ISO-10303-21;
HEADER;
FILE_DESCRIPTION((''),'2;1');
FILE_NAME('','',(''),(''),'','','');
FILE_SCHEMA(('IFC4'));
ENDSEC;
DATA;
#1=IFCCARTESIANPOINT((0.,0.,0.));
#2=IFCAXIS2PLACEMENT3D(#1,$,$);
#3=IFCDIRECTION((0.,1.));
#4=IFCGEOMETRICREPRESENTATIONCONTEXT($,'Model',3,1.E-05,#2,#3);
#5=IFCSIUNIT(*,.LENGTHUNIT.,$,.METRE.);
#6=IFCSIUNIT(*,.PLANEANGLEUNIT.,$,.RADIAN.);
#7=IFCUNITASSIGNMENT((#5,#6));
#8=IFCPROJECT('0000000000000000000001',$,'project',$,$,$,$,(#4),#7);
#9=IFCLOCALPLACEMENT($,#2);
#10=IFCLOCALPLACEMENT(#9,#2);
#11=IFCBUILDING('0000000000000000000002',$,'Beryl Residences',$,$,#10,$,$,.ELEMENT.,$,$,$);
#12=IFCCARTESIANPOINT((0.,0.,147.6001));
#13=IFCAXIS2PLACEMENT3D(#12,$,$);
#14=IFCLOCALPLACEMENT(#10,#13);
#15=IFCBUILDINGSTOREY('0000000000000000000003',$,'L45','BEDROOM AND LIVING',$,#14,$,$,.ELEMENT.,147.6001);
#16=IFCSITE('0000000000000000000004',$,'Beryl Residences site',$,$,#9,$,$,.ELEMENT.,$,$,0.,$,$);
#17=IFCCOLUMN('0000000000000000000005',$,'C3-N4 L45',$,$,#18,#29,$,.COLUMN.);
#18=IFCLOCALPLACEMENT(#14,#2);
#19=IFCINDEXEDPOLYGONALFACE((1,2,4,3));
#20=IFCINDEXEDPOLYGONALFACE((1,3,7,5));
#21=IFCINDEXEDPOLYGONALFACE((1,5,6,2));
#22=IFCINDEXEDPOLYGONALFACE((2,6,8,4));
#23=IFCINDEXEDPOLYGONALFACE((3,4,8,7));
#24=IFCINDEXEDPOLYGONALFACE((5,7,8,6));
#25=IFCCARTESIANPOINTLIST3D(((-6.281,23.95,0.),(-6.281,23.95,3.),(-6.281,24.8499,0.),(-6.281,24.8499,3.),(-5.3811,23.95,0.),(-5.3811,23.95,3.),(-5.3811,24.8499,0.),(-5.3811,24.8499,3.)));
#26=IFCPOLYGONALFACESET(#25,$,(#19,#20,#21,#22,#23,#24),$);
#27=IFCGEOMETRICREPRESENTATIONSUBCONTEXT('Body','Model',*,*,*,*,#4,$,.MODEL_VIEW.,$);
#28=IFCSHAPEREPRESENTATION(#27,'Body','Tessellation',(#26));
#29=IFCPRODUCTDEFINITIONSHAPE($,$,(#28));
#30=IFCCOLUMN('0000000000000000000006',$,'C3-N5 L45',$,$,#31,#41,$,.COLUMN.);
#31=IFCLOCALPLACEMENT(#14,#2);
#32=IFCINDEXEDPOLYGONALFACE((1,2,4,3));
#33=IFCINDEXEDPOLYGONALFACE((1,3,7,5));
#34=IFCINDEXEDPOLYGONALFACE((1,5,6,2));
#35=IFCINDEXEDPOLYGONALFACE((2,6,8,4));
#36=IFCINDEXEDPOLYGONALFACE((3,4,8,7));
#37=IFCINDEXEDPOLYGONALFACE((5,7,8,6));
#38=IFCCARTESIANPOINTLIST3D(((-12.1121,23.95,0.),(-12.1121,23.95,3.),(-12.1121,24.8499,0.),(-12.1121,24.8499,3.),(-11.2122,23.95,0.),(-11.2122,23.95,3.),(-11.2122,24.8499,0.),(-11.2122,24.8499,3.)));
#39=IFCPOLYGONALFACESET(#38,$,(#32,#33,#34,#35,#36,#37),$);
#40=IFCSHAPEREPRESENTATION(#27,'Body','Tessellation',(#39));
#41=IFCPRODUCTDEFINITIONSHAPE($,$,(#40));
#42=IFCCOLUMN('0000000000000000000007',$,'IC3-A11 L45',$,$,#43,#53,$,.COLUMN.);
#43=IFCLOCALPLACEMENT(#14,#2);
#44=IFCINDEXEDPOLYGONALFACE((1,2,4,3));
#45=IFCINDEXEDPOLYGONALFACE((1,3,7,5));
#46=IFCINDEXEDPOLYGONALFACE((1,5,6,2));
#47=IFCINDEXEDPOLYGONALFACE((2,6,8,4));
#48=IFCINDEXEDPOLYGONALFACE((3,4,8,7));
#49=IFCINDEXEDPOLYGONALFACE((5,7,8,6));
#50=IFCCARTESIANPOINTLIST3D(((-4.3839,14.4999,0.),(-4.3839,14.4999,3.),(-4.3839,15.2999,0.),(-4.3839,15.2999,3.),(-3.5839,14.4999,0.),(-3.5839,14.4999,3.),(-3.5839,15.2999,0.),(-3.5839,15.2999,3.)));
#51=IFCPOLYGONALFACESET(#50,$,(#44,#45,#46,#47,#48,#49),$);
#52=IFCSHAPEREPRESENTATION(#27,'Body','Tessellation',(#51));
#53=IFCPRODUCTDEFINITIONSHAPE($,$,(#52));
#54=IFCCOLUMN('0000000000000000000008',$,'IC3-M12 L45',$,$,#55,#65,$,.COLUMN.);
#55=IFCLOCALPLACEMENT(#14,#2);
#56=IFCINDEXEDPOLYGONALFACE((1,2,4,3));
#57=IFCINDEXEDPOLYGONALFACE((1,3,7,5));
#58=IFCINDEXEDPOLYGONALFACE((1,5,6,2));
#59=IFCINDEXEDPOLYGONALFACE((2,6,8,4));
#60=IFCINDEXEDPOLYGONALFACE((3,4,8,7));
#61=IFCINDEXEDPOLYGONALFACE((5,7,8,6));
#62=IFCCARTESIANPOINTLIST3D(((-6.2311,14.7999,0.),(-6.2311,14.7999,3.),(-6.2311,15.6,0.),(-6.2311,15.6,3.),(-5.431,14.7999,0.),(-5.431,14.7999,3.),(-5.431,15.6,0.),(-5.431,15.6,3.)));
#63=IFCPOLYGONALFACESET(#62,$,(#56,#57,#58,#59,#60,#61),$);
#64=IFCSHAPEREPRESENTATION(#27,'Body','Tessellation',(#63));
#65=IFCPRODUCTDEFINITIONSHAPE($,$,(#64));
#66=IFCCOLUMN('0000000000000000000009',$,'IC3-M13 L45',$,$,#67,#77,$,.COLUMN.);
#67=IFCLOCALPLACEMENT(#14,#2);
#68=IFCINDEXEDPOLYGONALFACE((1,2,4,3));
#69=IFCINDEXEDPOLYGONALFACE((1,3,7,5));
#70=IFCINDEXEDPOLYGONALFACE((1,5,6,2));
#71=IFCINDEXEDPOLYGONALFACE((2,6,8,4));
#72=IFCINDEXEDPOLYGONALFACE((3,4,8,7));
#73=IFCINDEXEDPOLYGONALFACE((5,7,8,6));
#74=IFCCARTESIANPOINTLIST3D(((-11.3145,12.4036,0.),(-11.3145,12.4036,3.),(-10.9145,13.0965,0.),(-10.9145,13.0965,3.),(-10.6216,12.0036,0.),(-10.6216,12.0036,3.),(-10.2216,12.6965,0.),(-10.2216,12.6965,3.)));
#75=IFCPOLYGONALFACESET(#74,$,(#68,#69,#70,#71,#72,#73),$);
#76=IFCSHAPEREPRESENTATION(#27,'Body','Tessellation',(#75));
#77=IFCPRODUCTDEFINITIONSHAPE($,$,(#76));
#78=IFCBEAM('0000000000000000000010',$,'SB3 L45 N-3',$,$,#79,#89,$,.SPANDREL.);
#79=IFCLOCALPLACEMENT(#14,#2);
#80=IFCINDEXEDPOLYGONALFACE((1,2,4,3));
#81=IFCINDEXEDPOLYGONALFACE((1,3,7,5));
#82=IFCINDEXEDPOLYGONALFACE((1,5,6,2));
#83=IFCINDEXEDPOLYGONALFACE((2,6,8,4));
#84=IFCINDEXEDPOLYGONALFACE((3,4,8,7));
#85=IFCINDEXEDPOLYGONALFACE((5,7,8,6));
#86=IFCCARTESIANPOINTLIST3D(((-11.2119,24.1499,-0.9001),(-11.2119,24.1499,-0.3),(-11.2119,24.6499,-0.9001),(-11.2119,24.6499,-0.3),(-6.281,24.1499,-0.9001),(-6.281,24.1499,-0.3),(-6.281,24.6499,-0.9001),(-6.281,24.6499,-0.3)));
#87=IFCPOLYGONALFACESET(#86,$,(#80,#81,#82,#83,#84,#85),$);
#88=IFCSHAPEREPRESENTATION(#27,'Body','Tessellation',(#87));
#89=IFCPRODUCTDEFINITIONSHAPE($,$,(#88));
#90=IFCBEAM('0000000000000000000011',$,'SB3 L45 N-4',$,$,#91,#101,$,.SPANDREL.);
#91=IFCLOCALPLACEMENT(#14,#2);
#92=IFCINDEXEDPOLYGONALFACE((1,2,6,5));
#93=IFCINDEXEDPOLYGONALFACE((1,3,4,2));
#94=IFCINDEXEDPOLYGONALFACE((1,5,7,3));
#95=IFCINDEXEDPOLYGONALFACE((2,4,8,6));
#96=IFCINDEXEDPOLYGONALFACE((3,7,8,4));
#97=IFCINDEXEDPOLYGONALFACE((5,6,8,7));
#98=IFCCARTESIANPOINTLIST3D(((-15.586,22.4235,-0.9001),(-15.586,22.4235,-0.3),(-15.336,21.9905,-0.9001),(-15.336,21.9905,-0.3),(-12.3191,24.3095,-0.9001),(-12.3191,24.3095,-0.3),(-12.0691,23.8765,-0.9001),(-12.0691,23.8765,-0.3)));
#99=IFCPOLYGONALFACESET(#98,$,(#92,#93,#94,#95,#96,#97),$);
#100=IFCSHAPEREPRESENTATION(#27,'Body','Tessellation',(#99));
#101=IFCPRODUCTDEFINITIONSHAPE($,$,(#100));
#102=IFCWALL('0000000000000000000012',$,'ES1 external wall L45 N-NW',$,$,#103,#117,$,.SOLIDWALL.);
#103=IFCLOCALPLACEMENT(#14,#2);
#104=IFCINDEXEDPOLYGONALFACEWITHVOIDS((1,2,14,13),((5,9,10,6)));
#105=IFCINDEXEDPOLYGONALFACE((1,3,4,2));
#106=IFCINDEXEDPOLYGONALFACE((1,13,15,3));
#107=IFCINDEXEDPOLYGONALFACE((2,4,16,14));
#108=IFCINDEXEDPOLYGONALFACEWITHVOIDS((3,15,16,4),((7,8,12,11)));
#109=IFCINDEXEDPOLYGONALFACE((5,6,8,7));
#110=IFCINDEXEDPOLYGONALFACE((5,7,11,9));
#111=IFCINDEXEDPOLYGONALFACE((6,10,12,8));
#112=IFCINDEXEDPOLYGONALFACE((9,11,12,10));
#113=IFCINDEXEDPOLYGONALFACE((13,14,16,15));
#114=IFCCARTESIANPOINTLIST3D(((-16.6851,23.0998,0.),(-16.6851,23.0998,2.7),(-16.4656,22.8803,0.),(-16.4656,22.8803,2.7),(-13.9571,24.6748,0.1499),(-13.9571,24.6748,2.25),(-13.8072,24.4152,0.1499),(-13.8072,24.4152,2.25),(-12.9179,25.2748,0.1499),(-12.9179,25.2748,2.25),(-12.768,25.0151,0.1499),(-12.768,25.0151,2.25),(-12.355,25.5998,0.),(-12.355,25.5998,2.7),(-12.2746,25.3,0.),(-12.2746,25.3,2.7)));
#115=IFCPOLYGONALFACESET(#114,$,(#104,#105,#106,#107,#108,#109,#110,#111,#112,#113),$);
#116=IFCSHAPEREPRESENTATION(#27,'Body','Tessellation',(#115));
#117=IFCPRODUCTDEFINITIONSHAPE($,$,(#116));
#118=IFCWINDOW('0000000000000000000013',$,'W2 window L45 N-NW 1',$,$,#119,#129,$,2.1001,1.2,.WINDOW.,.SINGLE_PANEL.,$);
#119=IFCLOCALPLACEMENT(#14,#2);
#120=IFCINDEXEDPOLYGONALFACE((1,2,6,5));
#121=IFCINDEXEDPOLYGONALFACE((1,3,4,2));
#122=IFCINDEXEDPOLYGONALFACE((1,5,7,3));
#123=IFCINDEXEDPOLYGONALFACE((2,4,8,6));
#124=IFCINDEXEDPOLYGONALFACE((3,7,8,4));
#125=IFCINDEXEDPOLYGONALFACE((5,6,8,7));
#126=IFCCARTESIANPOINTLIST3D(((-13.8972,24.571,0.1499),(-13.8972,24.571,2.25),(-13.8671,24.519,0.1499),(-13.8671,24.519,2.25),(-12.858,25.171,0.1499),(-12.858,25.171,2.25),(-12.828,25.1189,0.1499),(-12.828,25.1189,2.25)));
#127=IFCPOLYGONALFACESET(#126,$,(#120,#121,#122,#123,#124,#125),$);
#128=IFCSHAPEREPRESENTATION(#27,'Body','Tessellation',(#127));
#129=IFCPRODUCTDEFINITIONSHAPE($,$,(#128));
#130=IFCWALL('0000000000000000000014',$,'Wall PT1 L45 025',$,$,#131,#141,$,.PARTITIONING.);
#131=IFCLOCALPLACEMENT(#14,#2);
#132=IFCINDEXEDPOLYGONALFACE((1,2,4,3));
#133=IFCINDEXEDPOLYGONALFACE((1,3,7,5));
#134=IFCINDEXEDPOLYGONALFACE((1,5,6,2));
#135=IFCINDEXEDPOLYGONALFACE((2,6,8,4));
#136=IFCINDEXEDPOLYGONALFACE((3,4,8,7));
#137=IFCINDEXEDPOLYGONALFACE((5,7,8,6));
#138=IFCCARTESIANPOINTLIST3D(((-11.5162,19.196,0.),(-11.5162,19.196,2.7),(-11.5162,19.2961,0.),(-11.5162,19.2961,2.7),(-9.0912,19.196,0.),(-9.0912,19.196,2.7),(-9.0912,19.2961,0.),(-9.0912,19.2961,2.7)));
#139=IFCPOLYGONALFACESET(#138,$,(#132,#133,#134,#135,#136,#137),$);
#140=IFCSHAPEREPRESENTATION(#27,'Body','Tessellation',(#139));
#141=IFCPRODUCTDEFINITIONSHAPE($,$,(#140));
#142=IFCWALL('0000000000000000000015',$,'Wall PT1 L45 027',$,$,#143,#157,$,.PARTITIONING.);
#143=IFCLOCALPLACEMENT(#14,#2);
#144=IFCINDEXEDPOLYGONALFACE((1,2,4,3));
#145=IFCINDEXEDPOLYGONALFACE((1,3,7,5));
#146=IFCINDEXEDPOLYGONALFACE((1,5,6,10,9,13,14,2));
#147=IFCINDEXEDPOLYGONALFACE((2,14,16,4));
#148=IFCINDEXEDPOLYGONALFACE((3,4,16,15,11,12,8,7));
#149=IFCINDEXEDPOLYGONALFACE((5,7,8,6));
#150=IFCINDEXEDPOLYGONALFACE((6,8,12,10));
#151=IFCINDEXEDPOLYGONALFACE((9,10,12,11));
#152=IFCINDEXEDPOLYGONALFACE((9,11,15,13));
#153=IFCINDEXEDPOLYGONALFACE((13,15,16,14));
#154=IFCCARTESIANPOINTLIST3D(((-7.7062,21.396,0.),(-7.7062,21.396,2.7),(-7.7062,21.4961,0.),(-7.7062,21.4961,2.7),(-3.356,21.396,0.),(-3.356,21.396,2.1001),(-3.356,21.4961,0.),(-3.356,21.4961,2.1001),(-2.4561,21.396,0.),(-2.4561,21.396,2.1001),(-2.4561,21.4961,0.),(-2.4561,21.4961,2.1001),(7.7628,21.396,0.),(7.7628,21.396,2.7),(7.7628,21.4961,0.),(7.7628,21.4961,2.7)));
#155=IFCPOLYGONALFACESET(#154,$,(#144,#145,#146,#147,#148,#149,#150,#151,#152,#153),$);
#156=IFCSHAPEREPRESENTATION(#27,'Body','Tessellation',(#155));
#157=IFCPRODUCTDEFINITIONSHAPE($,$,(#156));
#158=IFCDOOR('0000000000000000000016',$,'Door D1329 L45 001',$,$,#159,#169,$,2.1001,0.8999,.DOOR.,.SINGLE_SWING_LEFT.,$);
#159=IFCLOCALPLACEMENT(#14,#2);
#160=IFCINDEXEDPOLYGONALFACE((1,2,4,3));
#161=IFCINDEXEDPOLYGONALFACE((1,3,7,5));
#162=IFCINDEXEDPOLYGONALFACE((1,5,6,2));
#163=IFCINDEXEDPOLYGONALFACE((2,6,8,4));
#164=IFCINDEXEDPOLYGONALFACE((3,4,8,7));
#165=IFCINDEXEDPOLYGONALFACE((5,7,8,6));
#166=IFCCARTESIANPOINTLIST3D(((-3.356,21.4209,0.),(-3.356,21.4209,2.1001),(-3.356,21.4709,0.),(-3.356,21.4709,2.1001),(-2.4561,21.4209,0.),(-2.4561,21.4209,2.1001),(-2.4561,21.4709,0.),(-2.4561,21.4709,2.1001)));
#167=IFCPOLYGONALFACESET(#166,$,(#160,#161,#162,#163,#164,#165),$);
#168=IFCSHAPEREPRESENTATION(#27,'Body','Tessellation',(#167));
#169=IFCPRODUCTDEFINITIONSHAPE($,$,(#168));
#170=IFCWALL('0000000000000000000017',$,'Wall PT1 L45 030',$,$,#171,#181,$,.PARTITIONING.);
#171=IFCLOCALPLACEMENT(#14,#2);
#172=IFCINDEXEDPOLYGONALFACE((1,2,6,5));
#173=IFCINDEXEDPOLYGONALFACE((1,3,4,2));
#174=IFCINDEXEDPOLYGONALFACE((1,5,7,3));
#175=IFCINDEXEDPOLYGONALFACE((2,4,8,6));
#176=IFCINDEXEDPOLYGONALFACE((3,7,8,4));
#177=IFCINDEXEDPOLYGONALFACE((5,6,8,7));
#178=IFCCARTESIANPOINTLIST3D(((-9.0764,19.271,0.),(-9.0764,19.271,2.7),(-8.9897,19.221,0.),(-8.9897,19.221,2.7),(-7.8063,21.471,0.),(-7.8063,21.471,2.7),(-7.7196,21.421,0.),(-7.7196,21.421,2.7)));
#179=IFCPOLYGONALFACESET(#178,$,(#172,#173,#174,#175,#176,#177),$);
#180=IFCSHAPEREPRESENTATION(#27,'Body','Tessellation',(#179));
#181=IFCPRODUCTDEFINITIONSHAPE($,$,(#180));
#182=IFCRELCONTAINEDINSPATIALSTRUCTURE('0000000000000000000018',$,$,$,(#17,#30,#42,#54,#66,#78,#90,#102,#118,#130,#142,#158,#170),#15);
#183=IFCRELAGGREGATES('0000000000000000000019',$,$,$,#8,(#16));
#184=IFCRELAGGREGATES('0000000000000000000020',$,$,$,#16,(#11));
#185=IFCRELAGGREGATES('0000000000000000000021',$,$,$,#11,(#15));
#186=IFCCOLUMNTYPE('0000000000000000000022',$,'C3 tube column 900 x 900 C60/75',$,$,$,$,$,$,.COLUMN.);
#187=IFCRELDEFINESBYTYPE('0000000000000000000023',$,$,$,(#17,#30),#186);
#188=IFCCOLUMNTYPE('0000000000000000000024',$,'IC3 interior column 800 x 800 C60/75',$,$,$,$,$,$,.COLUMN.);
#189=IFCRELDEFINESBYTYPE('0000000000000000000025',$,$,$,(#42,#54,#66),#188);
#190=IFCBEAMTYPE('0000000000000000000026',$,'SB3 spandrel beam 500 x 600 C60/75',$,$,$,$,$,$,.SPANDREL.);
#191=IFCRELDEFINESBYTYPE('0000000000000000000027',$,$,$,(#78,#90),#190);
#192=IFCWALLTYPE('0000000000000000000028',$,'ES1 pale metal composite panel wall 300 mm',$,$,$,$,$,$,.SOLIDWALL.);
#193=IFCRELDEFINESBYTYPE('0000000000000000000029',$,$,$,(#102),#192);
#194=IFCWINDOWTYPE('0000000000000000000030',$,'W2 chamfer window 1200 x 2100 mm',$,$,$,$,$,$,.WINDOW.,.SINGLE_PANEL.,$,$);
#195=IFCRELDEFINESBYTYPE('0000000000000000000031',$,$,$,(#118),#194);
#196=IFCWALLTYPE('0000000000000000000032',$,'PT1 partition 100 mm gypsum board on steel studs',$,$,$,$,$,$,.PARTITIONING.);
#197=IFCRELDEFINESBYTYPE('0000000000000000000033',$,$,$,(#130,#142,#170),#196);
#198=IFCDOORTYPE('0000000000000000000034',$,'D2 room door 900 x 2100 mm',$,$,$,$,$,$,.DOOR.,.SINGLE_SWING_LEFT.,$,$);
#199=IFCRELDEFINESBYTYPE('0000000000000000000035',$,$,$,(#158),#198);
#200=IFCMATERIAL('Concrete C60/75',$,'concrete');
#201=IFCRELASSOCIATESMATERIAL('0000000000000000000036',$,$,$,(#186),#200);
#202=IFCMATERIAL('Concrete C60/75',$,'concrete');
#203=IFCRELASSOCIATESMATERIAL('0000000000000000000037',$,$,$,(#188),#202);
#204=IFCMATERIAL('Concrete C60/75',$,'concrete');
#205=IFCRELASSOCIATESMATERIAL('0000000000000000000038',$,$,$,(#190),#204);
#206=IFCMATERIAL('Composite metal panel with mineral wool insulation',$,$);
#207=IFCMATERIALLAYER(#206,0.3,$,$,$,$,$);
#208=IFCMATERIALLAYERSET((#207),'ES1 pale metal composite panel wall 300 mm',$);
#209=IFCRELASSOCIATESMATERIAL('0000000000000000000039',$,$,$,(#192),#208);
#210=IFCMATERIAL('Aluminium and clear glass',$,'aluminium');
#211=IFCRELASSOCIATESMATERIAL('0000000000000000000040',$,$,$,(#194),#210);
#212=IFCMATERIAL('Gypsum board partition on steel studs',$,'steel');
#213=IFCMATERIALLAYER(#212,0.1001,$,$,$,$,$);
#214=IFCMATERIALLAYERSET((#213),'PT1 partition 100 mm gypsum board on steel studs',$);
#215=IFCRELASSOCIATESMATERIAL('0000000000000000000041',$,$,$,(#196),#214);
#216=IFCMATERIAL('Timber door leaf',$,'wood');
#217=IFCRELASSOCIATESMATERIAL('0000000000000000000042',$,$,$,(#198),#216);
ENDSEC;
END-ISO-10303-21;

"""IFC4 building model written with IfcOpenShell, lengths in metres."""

from ifc_helpers import new_model, si_unit, direction, frame, frame_2d, origin, origin_2d, place, context, subcontext, project, spatial, polyline, rectangle, outline, extrude, material, layer, layer_set, material_profile, profile_set, type_object, element, fill, save


model = new_model("IFC4")

# Units and contexts
model_context = context("Model", 3, precision=1e-05, world=origin(), true_north=direction((0.0, 1.0)))
body_context = subcontext(model_context, "Body", "Model", "MODEL_VIEW")
ifc_project = project(units=[si_unit("LENGTHUNIT", "METRE"), si_unit("PLANEANGLEUNIT", "RADIAN")], contexts=[model_context])

# Site, building, storey
site_placement = place(None, origin())
site = spatial("IfcSite", under=ifc_project, at=site_placement, Name="Beryl Residences site", CompositionType="ELEMENT", RefElevation=0.0)
building_placement = place(site_placement, origin())
building = spatial("IfcBuilding", under=site, at=building_placement, Name="Beryl Residences", CompositionType="ELEMENT")
storey_placement = place(building_placement, frame((0.0, 0.0, 147.6001)))
storey = spatial("IfcBuildingStorey", under=building, at=storey_placement, Name="L45", Description="BEDROOM AND LIVING", CompositionType="ELEMENT", Elevation=147.6001)

# Columns
ifc_material_1 = material(Name="Concrete C60/75", Category="concrete")
ifc_material_profile_1 = material_profile(ifc_material_1, rectangle(XDim=0.8999, YDim=0.8999, at=origin_2d()))
ifc_profile_set_1 = profile_set([ifc_material_profile_1], Name="Concrete C60/75")
column_type_1 = type_object("IfcColumnType", Name="C3 tube column 900 x 900 C60/75", PredefinedType="COLUMN", material=ifc_profile_set_1)
for number, where, z_axis, x_axis, name in (
    (1, (-5.8311, 24.3999, 0.0), (0.0, 0.0, 1.0), (-1.0, 0.0, 0.0), "C3-N4 L45"),
    (2, (-11.6621, 24.3999, 0.0), (0.0, 0.0, 1.0), (-1.0, 0.0, 0.0), "C3-N5 L45"),
):
    element("IfcColumn", number, at=place(storey_placement, frame(where, z_axis=z_axis, x_axis=x_axis)), inside=storey, type_object=column_type_1, Name=name, PredefinedType="COLUMN", context=body_context, shape_type="SweptSolid", body=[
        extrude(rectangle(XDim=0.8999, YDim=0.8999, at=origin_2d()), origin(), (0.0, 0.0, 1.0), 3.0),
    ])
ifc_material_2 = material(Name="Concrete C60/75", Category="concrete")
ifc_material_profile_2 = material_profile(ifc_material_2, rectangle(XDim=0.8, YDim=0.8, at=origin_2d()))
ifc_profile_set_2 = profile_set([ifc_material_profile_2], Name="Concrete C60/75")
column_type_2 = type_object("IfcColumnType", Name="IC3 interior column 800 x 800 C60/75", PredefinedType="COLUMN", material=ifc_profile_set_2)
for number, where, z_axis, x_axis, name in (
    (3, (-3.9839, 14.8999, 0.0), (0.0, 0.0, 1.0), (1.0, 0.0, 0.0), "IC3-A11 L45"),
    (4, (-5.8311, 15.2, 0.0), (0.0, 0.0, 1.0), (-1.0, 0.0, 0.0), "IC3-M12 L45"),
    (5, (-10.7681, 12.55, 0.0), (0.0, 0.0, 1.0), (-0.5, -0.866025, 0.0), "IC3-M13 L45"),
):
    element("IfcColumn", number, at=place(storey_placement, frame(where, z_axis=z_axis, x_axis=x_axis)), inside=storey, type_object=column_type_2, Name=name, PredefinedType="COLUMN", context=body_context, shape_type="SweptSolid", body=[
        extrude(rectangle(XDim=0.8, YDim=0.8, at=origin_2d()), origin(), (0.0, 0.0, 1.0), 3.0),
    ])

# Beams
ifc_material_3 = material(Name="Concrete C60/75", Category="concrete")
ifc_material_profile_3 = material_profile(ifc_material_3, rectangle(XDim=0.5, YDim=0.6001, at=origin_2d()))
ifc_profile_set_3 = profile_set([ifc_material_profile_3], Name="Concrete C60/75")
beam_type = type_object("IfcBeamType", Name="SB3 spandrel beam 500 x 600 C60/75", PredefinedType="SPANDREL", material=ifc_profile_set_3)
beam_1_placement = place(storey_placement, frame((-6.281, 24.3999, -0.6001), z_axis=(-1.0, 0.0, 0.0), x_axis=(0.0, -1.0, 0.0)))
element("IfcBeam", 6, at=beam_1_placement, inside=storey, type_object=beam_type, Name="SB3 L45 N-3", PredefinedType="SPANDREL", context=body_context, shape_type="SweptSolid", body=[
    extrude(rectangle(XDim=0.5, YDim=0.6001, at=origin_2d()), origin(), (0.0, 0.0, 1.0), 4.9309),
])
beam_2_placement = place(storey_placement, frame((-12.1941, 24.093, -0.6001), z_axis=(-0.86604, -0.499975, 0.0), x_axis=(0.499975, -0.86604, 0.0)))
element("IfcBeam", 7, at=beam_2_placement, inside=storey, type_object=beam_type, Name="SB3 L45 N-4", PredefinedType="SPANDREL", context=body_context, shape_type="SweptSolid", body=[
    extrude(rectangle(XDim=0.5, YDim=0.6001, at=origin_2d()), origin(), (0.0, 0.0, 1.0), 3.7722),
])

# Wall, opening, window
ifc_material_4 = material(Name="Composite metal panel with mineral wool insulation")
ifc_layer_1 = layer(ifc_material_4, 0.3)
ifc_layer_set_1 = layer_set([ifc_layer_1], Name="ES1 pale metal composite panel wall 300 mm")
wall_type_1 = type_object("IfcWallType", Name="ES1 pale metal composite panel wall 300 mm", PredefinedType="SOLIDWALL", material=ifc_layer_set_1)
wall_1_placement = place(storey_placement, frame((-12.28, 25.47, 0.0), z_axis=(0.0, 0.0, 1.0), x_axis=(-0.866023, -0.500004, 0.0)))
wall_1 = element("IfcWall", 8, at=wall_1_placement, inside=storey, type_object=wall_type_1, Name="ES1 external wall L45 N-NW", PredefinedType="SOLIDWALL", context=body_context, shape_type="SweptSolid", body=[
    extrude(outline(polyline([(0.0, -0.1499), (5.0, -0.1499), (4.9197, 0.1499), (0.0803, 0.1499), (0.0, -0.1499)])), origin(), (0.0, 0.0, 1.0), 2.7),
])
opening_1_placement = place(wall_1_placement, frame((0.6499, 0.0, 0.1499)))
opening_1 = element("IfcOpeningElement", 9, at=opening_1_placement, cuts=wall_1, PredefinedType="OPENING", context=body_context, shape_type="SweptSolid", body=[
    extrude(rectangle(XDim=1.2, YDim=2.1001, at=frame_2d((0.6001, 1.05))), frame((0.0, 0.1599, 0.0), z_axis=(0.0, -1.0, 0.0), x_axis=(1.0, 0.0, 0.0)), (0.0, 0.0, 1.0), 0.3201),
])
ifc_material_5 = material(Name="Aluminium and clear glass", Category="aluminium")
window_type = type_object("IfcWindowType", Name="W2 chamfer window 1200 x 2100 mm", PartitioningType="SINGLE_PANEL", PredefinedType="WINDOW", material=ifc_material_5)
window_placement = place(opening_1_placement, origin())
window = element("IfcWindow", 10, at=window_placement, inside=storey, type_object=window_type, Name="W2 window L45 N-NW 1", OverallHeight=2.1001, OverallWidth=1.2, PartitioningType="SINGLE_PANEL", PredefinedType="WINDOW", context=body_context, shape_type="SweptSolid", body=[
    extrude(rectangle(XDim=1.2, YDim=2.1001, at=frame_2d((0.6001, 1.05))), frame((0.0, 0.03, 0.0), z_axis=(0.0, -1.0, 0.0), x_axis=(1.0, 0.0, 0.0)), (0.0, 0.0, 1.0), 0.0601),
])
fill(opening_1, window)

# Wall
ifc_material_6 = material(Name="Gypsum board partition on steel studs", Category="steel")
ifc_layer_2 = layer(ifc_material_6, 0.1001)
ifc_layer_set_2 = layer_set([ifc_layer_2], Name="PT1 partition 100 mm gypsum board on steel studs")
wall_type_2 = type_object("IfcWallType", Name="PT1 partition 100 mm gypsum board on steel studs", PredefinedType="PARTITIONING", material=ifc_layer_set_2)
wall_2_placement = place(storey_placement, frame((-11.5161, 19.2461, 0.0), z_axis=(0.0, 0.0, 1.0), x_axis=(1.0, 0.0, 0.0)))
element("IfcWall", 11, at=wall_2_placement, inside=storey, type_object=wall_type_2, Name="Wall PT1 L45 025", PredefinedType="PARTITIONING", context=body_context, shape_type="SweptSolid", body=[
    extrude(rectangle(XDim=2.425, YDim=0.1001, at=frame_2d((1.2124, 0.0))), origin(), (0.0, 0.0, 1.0), 2.7),
])

# Wall, opening, door
wall_3_placement = place(storey_placement, frame((-7.7061, 21.446, 0.0), z_axis=(0.0, 0.0, 1.0), x_axis=(1.0, 0.0, 0.0)))
wall_3 = element("IfcWall", 12, at=wall_3_placement, inside=storey, type_object=wall_type_2, Name="Wall PT1 L45 027", PredefinedType="PARTITIONING", context=body_context, shape_type="SweptSolid", body=[
    extrude(rectangle(XDim=15.469, YDim=0.1001, at=frame_2d((7.7344, 0.0))), origin(), (0.0, 0.0, 1.0), 2.7),
])
opening_2_placement = place(wall_3_placement, frame((4.3501, 0.0, 0.0)))
opening_2 = element("IfcOpeningElement", 13, at=opening_2_placement, cuts=wall_3, PredefinedType="OPENING", context=body_context, shape_type="SweptSolid", body=[
    extrude(rectangle(XDim=0.8999, YDim=2.1001, at=frame_2d((0.45, 1.05))), frame((0.0, 0.0601, 0.0), z_axis=(0.0, -1.0, 0.0), x_axis=(1.0, 0.0, 0.0)), (0.0, 0.0, 1.0), 0.1201),
])
ifc_material_7 = material(Name="Timber door leaf", Category="wood")
door_type_1 = type_object("IfcDoorType", Name="D2 room door 900 x 2100 mm", OperationType="SINGLE_SWING_LEFT", PredefinedType="DOOR", material=ifc_material_7)
door_1_placement = place(opening_2_placement, origin())
door_1 = element("IfcDoor", 14, at=door_1_placement, inside=storey, type_object=door_type_1, Name="Door D1329 L45 001", OperationType="SINGLE_SWING_LEFT", OverallHeight=2.1001, OverallWidth=0.8999, PredefinedType="DOOR", context=body_context, shape_type="SweptSolid", body=[
    extrude(rectangle(XDim=0.8999, YDim=2.1001, at=frame_2d((0.45, 1.05))), frame((0.0, 0.0249, 0.0), z_axis=(0.0, -1.0, 0.0), x_axis=(1.0, 0.0, 0.0)), (0.0, 0.0, 1.0), 0.05),
])
fill(opening_2, door_1)

# Wall
wall_4_placement = place(storey_placement, frame((-9.033, 19.2461, 0.0), z_axis=(0.0, 0.0, 1.0), x_axis=(0.499964, 0.866046, 0.0)))
element("IfcWall", 15, at=wall_4_placement, inside=storey, type_object=wall_type_2, Name="Wall PT1 L45 030", PredefinedType="PARTITIONING", context=body_context, shape_type="SweptSolid", body=[
    extrude(rectangle(XDim=2.5403, YDim=0.1001, at=frame_2d((1.27, 0.0))), origin(), (0.0, 0.0, 1.0), 2.7),
])

save(model, "model.ifc")
